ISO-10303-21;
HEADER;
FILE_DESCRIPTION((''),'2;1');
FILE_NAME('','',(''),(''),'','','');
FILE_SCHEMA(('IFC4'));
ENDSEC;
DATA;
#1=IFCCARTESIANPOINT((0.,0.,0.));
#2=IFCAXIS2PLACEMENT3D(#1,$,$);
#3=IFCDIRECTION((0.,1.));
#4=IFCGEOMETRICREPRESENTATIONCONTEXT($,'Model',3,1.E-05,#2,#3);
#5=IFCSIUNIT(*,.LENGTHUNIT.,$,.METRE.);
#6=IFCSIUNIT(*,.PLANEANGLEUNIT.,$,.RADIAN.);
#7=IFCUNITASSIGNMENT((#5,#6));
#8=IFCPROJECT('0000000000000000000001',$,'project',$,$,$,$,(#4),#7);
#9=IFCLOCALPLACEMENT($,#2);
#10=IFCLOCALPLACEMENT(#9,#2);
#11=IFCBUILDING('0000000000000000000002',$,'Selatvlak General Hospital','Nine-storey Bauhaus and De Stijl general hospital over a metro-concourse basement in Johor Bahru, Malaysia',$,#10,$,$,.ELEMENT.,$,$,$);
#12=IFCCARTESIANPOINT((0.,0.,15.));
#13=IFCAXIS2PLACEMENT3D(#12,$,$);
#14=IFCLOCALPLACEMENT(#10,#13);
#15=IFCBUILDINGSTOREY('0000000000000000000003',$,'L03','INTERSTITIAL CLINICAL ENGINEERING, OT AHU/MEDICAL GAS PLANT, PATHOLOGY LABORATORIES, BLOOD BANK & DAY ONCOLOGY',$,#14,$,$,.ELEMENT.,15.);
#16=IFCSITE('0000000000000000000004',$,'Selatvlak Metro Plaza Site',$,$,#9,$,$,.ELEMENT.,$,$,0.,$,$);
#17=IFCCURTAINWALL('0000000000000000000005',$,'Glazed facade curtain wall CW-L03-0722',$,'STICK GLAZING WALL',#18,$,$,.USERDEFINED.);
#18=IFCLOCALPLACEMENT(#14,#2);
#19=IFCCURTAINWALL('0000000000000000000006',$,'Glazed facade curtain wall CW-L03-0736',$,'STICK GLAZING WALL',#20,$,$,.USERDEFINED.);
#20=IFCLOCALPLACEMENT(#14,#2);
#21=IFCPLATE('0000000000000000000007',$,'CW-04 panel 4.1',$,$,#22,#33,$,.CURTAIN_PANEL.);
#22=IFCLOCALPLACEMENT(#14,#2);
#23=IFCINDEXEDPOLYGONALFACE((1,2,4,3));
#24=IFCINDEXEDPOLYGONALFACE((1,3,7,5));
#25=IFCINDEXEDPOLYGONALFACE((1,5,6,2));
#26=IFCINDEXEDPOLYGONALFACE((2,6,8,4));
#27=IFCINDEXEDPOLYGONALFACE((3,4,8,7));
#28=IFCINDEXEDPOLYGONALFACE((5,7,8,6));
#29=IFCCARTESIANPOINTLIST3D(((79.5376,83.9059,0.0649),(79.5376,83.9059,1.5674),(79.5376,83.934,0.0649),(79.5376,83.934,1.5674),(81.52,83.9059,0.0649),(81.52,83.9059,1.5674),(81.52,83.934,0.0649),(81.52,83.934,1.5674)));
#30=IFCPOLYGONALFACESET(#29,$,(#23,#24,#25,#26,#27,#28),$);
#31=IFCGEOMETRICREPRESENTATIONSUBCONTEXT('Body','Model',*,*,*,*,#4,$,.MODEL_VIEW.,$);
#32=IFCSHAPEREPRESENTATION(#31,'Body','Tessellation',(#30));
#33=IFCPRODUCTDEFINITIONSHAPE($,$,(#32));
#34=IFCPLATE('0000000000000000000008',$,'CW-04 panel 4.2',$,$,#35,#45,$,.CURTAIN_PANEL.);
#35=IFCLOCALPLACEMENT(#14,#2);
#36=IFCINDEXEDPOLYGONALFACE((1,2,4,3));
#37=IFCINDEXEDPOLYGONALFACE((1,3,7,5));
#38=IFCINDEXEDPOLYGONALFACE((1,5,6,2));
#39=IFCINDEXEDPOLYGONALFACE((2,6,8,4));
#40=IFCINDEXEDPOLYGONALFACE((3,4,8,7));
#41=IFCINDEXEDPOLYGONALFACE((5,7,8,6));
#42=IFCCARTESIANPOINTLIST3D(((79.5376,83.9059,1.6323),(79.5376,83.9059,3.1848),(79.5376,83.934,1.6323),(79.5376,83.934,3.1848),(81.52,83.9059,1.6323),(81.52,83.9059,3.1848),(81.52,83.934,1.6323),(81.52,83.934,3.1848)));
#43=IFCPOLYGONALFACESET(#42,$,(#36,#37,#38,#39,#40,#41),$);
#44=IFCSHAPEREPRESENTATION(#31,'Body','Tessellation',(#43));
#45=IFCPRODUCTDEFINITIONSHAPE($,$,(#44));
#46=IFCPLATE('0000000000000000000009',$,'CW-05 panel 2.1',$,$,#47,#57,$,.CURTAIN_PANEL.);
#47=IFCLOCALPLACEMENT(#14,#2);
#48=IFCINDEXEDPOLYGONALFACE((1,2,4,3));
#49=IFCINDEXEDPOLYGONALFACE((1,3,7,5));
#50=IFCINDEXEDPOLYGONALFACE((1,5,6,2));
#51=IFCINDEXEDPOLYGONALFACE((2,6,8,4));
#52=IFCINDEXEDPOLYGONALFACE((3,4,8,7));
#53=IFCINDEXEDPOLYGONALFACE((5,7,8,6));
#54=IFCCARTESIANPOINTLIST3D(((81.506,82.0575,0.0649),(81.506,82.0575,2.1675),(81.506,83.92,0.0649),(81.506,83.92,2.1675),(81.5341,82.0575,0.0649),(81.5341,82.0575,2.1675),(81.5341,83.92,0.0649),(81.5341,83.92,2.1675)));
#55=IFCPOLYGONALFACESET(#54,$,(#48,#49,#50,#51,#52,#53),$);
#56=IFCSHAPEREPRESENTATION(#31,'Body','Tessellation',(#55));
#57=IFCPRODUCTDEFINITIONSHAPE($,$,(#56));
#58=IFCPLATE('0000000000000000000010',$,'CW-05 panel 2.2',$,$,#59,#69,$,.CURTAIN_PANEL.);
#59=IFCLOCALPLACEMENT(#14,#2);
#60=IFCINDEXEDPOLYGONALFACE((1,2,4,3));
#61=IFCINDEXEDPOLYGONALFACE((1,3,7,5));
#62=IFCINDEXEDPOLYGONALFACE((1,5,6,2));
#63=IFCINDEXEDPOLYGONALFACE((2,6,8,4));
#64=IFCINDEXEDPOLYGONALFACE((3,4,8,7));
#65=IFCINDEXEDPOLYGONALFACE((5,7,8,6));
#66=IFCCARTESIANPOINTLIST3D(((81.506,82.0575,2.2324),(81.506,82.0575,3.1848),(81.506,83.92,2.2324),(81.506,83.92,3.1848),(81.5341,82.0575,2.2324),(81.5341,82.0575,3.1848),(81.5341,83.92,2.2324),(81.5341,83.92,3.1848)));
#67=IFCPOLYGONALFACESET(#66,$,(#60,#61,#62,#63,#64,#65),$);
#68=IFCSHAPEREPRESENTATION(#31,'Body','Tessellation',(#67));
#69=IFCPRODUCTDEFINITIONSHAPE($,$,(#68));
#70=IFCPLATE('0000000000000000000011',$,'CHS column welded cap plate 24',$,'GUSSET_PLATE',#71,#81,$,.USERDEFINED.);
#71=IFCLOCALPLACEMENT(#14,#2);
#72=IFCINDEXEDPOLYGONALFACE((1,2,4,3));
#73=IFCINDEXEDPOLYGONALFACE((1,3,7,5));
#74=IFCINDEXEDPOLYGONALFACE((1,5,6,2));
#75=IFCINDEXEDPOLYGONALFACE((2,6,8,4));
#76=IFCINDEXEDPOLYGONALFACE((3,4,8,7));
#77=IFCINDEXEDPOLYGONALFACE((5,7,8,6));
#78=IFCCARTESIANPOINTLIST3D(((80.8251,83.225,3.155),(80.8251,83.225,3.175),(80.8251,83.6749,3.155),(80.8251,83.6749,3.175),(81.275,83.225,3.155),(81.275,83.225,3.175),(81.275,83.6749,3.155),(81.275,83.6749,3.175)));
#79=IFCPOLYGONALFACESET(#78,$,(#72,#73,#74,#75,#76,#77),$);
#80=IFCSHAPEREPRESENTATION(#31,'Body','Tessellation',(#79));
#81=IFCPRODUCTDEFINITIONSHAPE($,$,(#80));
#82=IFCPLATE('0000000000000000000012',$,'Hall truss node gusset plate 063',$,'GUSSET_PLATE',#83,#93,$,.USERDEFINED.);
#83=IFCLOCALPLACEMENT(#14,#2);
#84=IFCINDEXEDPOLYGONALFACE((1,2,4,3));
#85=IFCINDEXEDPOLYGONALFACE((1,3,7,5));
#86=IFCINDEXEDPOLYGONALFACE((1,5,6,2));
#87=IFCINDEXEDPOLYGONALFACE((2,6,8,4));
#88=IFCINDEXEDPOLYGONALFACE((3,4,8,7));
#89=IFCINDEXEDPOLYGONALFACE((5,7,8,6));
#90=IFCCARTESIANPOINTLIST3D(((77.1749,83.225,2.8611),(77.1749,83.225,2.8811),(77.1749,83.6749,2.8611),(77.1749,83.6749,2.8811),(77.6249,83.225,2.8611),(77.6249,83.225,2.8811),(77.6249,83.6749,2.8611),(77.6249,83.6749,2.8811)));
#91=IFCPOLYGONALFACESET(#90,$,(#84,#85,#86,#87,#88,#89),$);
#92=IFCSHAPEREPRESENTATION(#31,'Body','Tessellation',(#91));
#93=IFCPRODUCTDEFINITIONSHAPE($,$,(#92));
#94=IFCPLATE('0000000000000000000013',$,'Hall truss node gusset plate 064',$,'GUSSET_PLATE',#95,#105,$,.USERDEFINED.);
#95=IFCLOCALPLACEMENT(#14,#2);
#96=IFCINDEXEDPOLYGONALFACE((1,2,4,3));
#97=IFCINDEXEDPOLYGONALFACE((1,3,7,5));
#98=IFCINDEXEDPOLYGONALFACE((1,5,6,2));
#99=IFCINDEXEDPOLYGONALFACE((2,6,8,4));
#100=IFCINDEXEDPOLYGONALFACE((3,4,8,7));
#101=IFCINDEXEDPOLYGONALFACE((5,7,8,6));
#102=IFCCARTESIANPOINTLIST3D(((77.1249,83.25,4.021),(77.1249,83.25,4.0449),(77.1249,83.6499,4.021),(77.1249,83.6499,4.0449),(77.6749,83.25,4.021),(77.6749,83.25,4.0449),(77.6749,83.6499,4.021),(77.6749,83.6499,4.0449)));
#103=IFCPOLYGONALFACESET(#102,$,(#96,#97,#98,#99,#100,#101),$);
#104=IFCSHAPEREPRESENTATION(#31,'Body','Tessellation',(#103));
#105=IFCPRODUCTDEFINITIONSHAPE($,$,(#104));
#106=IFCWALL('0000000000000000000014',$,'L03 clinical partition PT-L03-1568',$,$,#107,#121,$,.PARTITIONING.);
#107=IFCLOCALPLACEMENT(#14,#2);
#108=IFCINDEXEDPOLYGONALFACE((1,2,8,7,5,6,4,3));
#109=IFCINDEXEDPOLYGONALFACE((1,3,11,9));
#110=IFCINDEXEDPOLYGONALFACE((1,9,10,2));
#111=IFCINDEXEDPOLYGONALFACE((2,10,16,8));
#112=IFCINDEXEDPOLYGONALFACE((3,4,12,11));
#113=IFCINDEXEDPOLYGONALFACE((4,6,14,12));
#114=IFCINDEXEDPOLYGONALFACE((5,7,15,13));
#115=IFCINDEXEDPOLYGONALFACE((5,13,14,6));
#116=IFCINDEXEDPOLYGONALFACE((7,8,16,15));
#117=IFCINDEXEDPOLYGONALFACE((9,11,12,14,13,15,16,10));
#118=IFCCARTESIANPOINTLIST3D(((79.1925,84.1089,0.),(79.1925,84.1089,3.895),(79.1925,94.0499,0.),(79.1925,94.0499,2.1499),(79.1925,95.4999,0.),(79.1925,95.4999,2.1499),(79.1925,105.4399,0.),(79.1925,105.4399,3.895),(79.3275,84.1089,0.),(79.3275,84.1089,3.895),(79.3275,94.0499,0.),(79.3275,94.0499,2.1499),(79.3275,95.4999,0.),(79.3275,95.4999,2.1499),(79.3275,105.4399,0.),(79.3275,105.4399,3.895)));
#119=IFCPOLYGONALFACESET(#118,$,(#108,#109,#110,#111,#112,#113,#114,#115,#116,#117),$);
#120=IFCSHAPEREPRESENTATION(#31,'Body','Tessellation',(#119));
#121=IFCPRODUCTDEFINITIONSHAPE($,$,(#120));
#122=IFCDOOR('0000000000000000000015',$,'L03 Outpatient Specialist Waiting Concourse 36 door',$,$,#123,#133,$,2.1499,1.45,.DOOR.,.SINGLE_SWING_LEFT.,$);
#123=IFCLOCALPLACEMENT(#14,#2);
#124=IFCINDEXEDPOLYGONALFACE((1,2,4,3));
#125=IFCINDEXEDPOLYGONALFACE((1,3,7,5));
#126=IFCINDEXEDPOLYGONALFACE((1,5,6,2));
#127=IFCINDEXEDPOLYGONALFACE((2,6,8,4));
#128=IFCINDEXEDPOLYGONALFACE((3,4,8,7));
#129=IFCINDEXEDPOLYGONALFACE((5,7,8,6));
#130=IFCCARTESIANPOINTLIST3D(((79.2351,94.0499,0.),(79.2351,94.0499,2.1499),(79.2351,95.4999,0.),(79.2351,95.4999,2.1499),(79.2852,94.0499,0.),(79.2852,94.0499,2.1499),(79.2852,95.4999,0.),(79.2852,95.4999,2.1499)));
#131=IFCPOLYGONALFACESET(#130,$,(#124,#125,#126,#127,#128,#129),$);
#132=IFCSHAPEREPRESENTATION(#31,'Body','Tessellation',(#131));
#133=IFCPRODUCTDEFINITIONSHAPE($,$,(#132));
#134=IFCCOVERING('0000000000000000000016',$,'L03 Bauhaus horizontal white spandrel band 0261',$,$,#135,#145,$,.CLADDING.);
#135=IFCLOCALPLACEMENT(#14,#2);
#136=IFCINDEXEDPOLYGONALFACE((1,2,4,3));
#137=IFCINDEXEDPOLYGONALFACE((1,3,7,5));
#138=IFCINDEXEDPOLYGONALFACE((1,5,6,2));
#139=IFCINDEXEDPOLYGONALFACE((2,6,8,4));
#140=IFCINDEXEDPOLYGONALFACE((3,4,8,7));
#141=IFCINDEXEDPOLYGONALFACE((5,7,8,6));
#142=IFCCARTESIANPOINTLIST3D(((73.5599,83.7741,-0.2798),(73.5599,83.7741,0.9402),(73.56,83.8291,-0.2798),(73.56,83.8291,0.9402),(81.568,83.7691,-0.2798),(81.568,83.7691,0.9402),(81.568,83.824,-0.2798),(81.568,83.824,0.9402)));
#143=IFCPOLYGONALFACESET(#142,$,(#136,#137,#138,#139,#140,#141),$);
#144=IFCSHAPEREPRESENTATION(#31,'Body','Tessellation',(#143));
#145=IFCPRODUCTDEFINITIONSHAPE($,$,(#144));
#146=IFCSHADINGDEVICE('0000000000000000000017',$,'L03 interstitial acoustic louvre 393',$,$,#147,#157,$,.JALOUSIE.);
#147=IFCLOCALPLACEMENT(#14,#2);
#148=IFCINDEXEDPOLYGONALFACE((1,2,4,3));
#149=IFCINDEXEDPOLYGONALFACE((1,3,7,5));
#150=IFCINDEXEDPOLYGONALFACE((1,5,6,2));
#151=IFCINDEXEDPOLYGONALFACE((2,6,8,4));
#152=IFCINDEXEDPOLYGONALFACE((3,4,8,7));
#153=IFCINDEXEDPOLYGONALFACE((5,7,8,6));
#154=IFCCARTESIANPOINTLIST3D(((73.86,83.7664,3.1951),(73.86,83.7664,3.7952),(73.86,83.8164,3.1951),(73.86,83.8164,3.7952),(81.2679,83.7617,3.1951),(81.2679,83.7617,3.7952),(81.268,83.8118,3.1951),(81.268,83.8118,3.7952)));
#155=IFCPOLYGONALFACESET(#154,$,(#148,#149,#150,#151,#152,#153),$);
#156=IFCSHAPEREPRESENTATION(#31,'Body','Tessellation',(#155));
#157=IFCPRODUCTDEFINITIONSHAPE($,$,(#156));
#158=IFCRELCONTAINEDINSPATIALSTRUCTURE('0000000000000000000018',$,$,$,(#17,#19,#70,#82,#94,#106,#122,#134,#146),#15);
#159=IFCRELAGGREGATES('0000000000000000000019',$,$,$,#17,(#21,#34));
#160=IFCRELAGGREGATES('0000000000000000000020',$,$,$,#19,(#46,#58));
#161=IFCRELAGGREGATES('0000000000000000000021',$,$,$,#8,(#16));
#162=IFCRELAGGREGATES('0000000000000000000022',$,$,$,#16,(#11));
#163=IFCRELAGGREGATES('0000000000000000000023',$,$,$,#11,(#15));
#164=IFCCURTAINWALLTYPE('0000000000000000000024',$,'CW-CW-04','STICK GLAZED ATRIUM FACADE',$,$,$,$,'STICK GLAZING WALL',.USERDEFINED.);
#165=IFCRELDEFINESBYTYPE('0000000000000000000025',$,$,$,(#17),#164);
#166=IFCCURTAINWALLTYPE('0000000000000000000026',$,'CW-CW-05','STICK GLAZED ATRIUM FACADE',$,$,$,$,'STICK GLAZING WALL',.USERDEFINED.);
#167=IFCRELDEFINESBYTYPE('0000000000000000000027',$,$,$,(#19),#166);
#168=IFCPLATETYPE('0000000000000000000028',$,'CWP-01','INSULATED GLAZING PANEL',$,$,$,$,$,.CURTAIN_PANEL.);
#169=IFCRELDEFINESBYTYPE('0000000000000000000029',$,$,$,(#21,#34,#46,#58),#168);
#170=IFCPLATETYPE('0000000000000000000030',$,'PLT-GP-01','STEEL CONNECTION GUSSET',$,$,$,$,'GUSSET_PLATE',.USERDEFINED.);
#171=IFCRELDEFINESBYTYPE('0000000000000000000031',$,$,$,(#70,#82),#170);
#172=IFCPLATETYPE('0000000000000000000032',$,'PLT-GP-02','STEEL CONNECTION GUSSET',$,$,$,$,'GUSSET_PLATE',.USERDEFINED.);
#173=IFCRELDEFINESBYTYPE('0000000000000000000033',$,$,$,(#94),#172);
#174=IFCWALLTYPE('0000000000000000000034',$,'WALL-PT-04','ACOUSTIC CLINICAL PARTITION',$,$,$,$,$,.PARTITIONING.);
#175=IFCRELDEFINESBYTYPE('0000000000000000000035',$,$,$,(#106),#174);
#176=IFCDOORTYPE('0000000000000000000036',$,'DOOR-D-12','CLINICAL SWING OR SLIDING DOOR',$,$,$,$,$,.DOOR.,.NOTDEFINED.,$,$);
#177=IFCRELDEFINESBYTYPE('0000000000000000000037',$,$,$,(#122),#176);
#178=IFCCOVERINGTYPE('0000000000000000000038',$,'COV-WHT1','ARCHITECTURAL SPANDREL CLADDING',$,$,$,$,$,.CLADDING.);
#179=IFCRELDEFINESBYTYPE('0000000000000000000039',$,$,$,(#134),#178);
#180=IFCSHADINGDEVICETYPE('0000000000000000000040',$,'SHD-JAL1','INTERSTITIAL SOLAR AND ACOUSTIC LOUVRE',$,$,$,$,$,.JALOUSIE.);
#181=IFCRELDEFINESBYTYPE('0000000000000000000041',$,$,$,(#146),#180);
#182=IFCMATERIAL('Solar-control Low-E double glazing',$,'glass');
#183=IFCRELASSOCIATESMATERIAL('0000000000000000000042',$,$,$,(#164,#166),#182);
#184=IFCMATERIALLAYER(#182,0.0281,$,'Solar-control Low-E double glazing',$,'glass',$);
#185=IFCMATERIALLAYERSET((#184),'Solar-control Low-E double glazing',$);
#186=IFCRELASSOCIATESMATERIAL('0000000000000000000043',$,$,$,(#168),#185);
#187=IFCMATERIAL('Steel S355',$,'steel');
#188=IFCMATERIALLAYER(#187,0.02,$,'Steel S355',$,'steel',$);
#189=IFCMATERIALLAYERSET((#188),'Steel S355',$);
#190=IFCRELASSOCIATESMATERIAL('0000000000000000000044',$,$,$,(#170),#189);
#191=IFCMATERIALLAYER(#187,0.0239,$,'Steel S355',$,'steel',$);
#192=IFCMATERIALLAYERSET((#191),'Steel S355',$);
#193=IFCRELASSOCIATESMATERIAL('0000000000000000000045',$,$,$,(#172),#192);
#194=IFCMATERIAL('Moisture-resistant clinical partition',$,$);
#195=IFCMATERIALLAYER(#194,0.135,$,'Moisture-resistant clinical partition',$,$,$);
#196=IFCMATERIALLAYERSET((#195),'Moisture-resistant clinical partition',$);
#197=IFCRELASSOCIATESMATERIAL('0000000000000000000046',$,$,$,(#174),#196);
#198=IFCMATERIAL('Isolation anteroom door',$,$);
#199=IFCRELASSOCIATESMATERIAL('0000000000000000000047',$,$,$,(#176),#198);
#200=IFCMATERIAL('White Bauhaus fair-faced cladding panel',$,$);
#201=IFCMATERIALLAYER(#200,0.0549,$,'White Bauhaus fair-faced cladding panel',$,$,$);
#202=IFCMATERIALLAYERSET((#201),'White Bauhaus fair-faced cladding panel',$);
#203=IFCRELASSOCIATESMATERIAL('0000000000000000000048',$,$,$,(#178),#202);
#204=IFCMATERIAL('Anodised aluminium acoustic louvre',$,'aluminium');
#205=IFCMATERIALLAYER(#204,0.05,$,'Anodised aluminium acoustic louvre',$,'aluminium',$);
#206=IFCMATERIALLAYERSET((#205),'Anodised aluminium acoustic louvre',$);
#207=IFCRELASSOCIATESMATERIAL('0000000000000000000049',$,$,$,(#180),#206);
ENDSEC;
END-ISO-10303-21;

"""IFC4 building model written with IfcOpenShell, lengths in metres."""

from ifc_helpers import new_model, si_unit, direction, frame, frame_2d, origin, origin_2d, place, context, subcontext, project, spatial, rectangle, extrude, material, layer, layer_set, type_object, element, fill, aggregate, save


model = new_model("IFC4")

# Units and contexts
model_context = context("Model", 3, precision=1e-05, world=origin(), true_north=direction((0.0, 1.0)))
body_context = subcontext(model_context, "Body", "Model", "MODEL_VIEW")
ifc_project = project(units=[si_unit("LENGTHUNIT", "METRE"), si_unit("PLANEANGLEUNIT", "RADIAN")], contexts=[model_context])

# Site, building, storey
site_placement = place(None, origin())
site = spatial("IfcSite", under=ifc_project, at=site_placement, Name="Selatvlak Metro Plaza Site", CompositionType="ELEMENT", RefElevation=0.0)
building_placement = place(site_placement, origin())
building = spatial("IfcBuilding", under=site, at=building_placement, Name="Selatvlak General Hospital", Description="Nine-storey Bauhaus and De Stijl general hospital over a metro-concourse basement in Johor Bahru, Malaysia", CompositionType="ELEMENT")
storey_placement = place(building_placement, frame((0.0, 0.0, 15.0)))
storey = spatial("IfcBuildingStorey", under=building, at=storey_placement, Name="L03", Description="INTERSTITIAL CLINICAL ENGINEERING, OT AHU/MEDICAL GAS PLANT, PATHOLOGY LABORATORIES, BLOOD BANK & DAY ONCOLOGY", CompositionType="ELEMENT", Elevation=15.0)

# Shared definitions
ifc_material_1 = material(Name="Steel S355", Category="steel")

# Curtain wall
ifc_material_2 = material(Name="Solar-control Low-E double glazing", Category="glass")
curtain_wall_type_1 = type_object("IfcCurtainWallType", Name="CW-CW-04", Description="STICK GLAZED ATRIUM FACADE", ElementType="STICK GLAZING WALL", PredefinedType="USERDEFINED", material=ifc_material_2)
curtain_wall_1_placement = place(storey_placement, origin())
curtain_wall_1 = element("IfcCurtainWall", 1, at=curtain_wall_1_placement, inside=storey, type_object=curtain_wall_type_1, Name="Glazed facade curtain wall CW-L03-0722", ObjectType="STICK GLAZING WALL", PredefinedType="USERDEFINED")

# Curtain wall
curtain_wall_type_2 = type_object("IfcCurtainWallType", Name="CW-CW-05", Description="STICK GLAZED ATRIUM FACADE", ElementType="STICK GLAZING WALL", PredefinedType="USERDEFINED", material=ifc_material_2)
curtain_wall_2_placement = place(storey_placement, origin())
curtain_wall_2 = element("IfcCurtainWall", 2, at=curtain_wall_2_placement, inside=storey, type_object=curtain_wall_type_2, Name="Glazed facade curtain wall CW-L03-0736", ObjectType="STICK GLAZING WALL", PredefinedType="USERDEFINED")

# Plates
ifc_layer_1 = layer(ifc_material_2, 0.0281, Name="Solar-control Low-E double glazing", Category="glass")
ifc_layer_set_1 = layer_set([ifc_layer_1], Name="Solar-control Low-E double glazing")
plate_type_1 = type_object("IfcPlateType", Name="CWP-01", Description="INSULATED GLAZING PANEL", PredefinedType="CURTAIN_PANEL", material=ifc_layer_set_1)
plate_1_placement = place(storey_placement, frame((80.5288, 83.9199, 0.0649), z_axis=(0.0, 0.0, 1.0), x_axis=(1.0, 0.0, 0.0)))
plate_1 = element("IfcPlate", 3, at=plate_1_placement, type_object=plate_type_1, Name="CW-04 panel 4.1", PredefinedType="CURTAIN_PANEL", context=body_context, shape_type="SweptSolid", body=[
    extrude(rectangle(XDim=1.9824, YDim=0.0281, at=origin_2d()), origin(), (0.0, 0.0, 1.0), 1.5024),
])
plate_2_placement = place(storey_placement, frame((80.5288, 83.9199, 1.6323), z_axis=(0.0, 0.0, 1.0), x_axis=(1.0, 0.0, 0.0)))
plate_2 = element("IfcPlate", 4, at=plate_2_placement, type_object=plate_type_1, Name="CW-04 panel 4.2", PredefinedType="CURTAIN_PANEL", context=body_context, shape_type="SweptSolid", body=[
    extrude(rectangle(XDim=1.9824, YDim=0.0281, at=origin_2d()), origin(), (0.0, 0.0, 1.0), 1.5525),
])
aggregate(curtain_wall_1, [plate_1, plate_2])
plate_3_placement = place(storey_placement, frame((81.52, 82.9888, 0.0649), z_axis=(0.0, 0.0, 1.0), x_axis=(0.0, 1.0, 0.0)))
plate_3 = element("IfcPlate", 5, at=plate_3_placement, type_object=plate_type_1, Name="CW-05 panel 2.1", PredefinedType="CURTAIN_PANEL", context=body_context, shape_type="SweptSolid", body=[
    extrude(rectangle(XDim=1.8625, YDim=0.0281, at=origin_2d()), origin(), (0.0, 0.0, 1.0), 2.1025),
])
plate_4_placement = place(storey_placement, frame((81.52, 82.9888, 2.2324), z_axis=(0.0, 0.0, 1.0), x_axis=(0.0, 1.0, 0.0)))
plate_4 = element("IfcPlate", 6, at=plate_4_placement, type_object=plate_type_1, Name="CW-05 panel 2.2", PredefinedType="CURTAIN_PANEL", context=body_context, shape_type="SweptSolid", body=[
    extrude(rectangle(XDim=1.8625, YDim=0.0281, at=origin_2d()), origin(), (0.0, 0.0, 1.0), 0.9524),
])
aggregate(curtain_wall_2, [plate_3, plate_4])

# Plates
ifc_layer_2 = layer(ifc_material_1, 0.02, Name="Steel S355", Category="steel")
ifc_layer_set_2 = layer_set([ifc_layer_2], Name="Steel S355")
plate_type_2 = type_object("IfcPlateType", Name="PLT-GP-01", Description="STEEL CONNECTION GUSSET", ElementType="GUSSET_PLATE", PredefinedType="USERDEFINED", material=ifc_layer_set_2)
for number, where, z_axis, x_axis, name in (
    (7, (81.05, 83.45, 3.155), (0.0, 0.0, 1.0), (1.0, 0.0, 0.0), "CHS column welded cap plate 24"),
    (8, (77.3999, 83.45, 2.8611), (0.0, 0.0, 1.0), (1.0, 0.0, 0.0), "Hall truss node gusset plate 063"),
):
    element("IfcPlate", number, at=place(storey_placement, frame(where, z_axis=z_axis, x_axis=x_axis)), inside=storey, type_object=plate_type_2, Name=name, ObjectType="GUSSET_PLATE", PredefinedType="USERDEFINED", context=body_context, shape_type="SweptSolid", body=[
        extrude(rectangle(XDim=0.45, YDim=0.45, at=origin_2d()), origin(), (0.0, 0.0, 1.0), 0.02),
    ])
ifc_layer_3 = layer(ifc_material_1, 0.0239, Name="Steel S355", Category="steel")
ifc_layer_set_3 = layer_set([ifc_layer_3], Name="Steel S355")
plate_type_3 = type_object("IfcPlateType", Name="PLT-GP-02", Description="STEEL CONNECTION GUSSET", ElementType="GUSSET_PLATE", PredefinedType="USERDEFINED", material=ifc_layer_set_3)
plate_5_placement = place(storey_placement, frame((77.3999, 83.45, 4.021), z_axis=(0.0, 0.0, 1.0), x_axis=(1.0, 0.0, 0.0)))
element("IfcPlate", 9, at=plate_5_placement, inside=storey, type_object=plate_type_3, Name="Hall truss node gusset plate 064", ObjectType="GUSSET_PLATE", PredefinedType="USERDEFINED", context=body_context, shape_type="SweptSolid", body=[
    extrude(rectangle(XDim=0.55, YDim=0.3999, at=origin_2d()), origin(), (0.0, 0.0, 1.0), 0.0239),
])

# Wall, opening, door
ifc_material_3 = material(Name="Moisture-resistant clinical partition")
ifc_layer_4 = layer(ifc_material_3, 0.135, Name="Moisture-resistant clinical partition")
ifc_layer_set_4 = layer_set([ifc_layer_4], Name="Moisture-resistant clinical partition")
wall_type = type_object("IfcWallType", Name="WALL-PT-04", Description="ACOUSTIC CLINICAL PARTITION", PredefinedType="PARTITIONING", material=ifc_layer_set_4)
wall_placement = place(storey_placement, frame((79.26, 84.1089, 0.0), z_axis=(0.0, 0.0, 1.0), x_axis=(0.0, 1.0, 0.0)))
wall = element("IfcWall", 10, at=wall_placement, inside=storey, type_object=wall_type, Name="L03 clinical partition PT-L03-1568", PredefinedType="PARTITIONING", context=body_context, shape_type="SweptSolid", body=[
    extrude(rectangle(XDim=21.3311, YDim=0.135, at=frame_2d((10.6655, 0.0))), origin(), (0.0, 0.0, 1.0), 3.895),
])
opening_placement = place(wall_placement, frame((9.9409, 0.0, 0.0)))
opening = element("IfcOpeningElement", 11, at=opening_placement, cuts=wall, PredefinedType="OPENING", context=body_context, shape_type="SweptSolid", body=[
    extrude(rectangle(XDim=1.45, YDim=2.1499, at=frame_2d((0.7251, 1.075))), frame((0.0, 0.0774, 0.0), z_axis=(0.0, -1.0, 0.0), x_axis=(1.0, 0.0, 0.0)), (0.0, 0.0, 1.0), 0.155),
])
ifc_material_4 = material(Name="Isolation anteroom door")
door_type = type_object("IfcDoorType", Name="DOOR-D-12", Description="CLINICAL SWING OR SLIDING DOOR", OperationType="NOTDEFINED", PredefinedType="DOOR", material=ifc_material_4)
door_placement = place(opening_placement, origin())
door = element("IfcDoor", 12, at=door_placement, inside=storey, type_object=door_type, Name="L03 Outpatient Specialist Waiting Concourse 36 door", OperationType="SINGLE_SWING_LEFT", OverallHeight=2.1499, OverallWidth=1.45, PredefinedType="DOOR", context=body_context, shape_type="SweptSolid", body=[
    extrude(rectangle(XDim=1.45, YDim=2.1499, at=frame_2d((0.7251, 1.075))), frame((0.0, 0.0249, 0.0), z_axis=(0.0, -1.0, 0.0), x_axis=(1.0, 0.0, 0.0)), (0.0, 0.0, 1.0), 0.05),
])
fill(opening, door)

# Covering
ifc_material_5 = material(Name="White Bauhaus fair-faced cladding panel")
ifc_layer_5 = layer(ifc_material_5, 0.0549, Name="White Bauhaus fair-faced cladding panel")
ifc_layer_set_5 = layer_set([ifc_layer_5], Name="White Bauhaus fair-faced cladding panel")
covering_type = type_object("IfcCoveringType", Name="COV-WHT1", Description="ARCHITECTURAL SPANDREL CLADDING", PredefinedType="CLADDING", material=ifc_layer_set_5)
covering_placement = place(storey_placement, frame((77.564, 83.7991, -0.2798), z_axis=(0.0, 0.0, 1.0), x_axis=(-1.0, 0.000628, 0.0)))
element("IfcCovering", 13, at=covering_placement, inside=storey, type_object=covering_type, Name="L03 Bauhaus horizontal white spandrel band 0261", PredefinedType="CLADDING", context=body_context, shape_type="SweptSolid", body=[
    extrude(rectangle(XDim=8.0081, YDim=0.0549, at=origin_2d()), origin(), (0.0, 0.0, 1.0), 1.22),
])

# Shading device
ifc_material_6 = material(Name="Anodised aluminium acoustic louvre", Category="aluminium")
ifc_layer_6 = layer(ifc_material_6, 0.05, Name="Anodised aluminium acoustic louvre", Category="aluminium")
ifc_layer_set_6 = layer_set([ifc_layer_6], Name="Anodised aluminium acoustic louvre")
shading_device_type = type_object("IfcShadingDeviceType", Name="SHD-JAL1", Description="INTERSTITIAL SOLAR AND ACOUSTIC LOUVRE", PredefinedType="JALOUSIE", material=ifc_layer_set_6)
shading_device_placement = place(storey_placement, frame((77.564, 83.7891, 3.1951), z_axis=(0.0, 0.0, 1.0), x_axis=(-1.0, 0.000628, 0.0)))
element("IfcShadingDevice", 14, at=shading_device_placement, inside=storey, type_object=shading_device_type, Name="L03 interstitial acoustic louvre 393", PredefinedType="JALOUSIE", context=body_context, shape_type="SweptSolid", body=[
    extrude(rectangle(XDim=7.408, YDim=0.05, at=origin_2d()), origin(), (0.0, 0.0, 1.0), 0.6001),
])

save(model, "model.ifc")
